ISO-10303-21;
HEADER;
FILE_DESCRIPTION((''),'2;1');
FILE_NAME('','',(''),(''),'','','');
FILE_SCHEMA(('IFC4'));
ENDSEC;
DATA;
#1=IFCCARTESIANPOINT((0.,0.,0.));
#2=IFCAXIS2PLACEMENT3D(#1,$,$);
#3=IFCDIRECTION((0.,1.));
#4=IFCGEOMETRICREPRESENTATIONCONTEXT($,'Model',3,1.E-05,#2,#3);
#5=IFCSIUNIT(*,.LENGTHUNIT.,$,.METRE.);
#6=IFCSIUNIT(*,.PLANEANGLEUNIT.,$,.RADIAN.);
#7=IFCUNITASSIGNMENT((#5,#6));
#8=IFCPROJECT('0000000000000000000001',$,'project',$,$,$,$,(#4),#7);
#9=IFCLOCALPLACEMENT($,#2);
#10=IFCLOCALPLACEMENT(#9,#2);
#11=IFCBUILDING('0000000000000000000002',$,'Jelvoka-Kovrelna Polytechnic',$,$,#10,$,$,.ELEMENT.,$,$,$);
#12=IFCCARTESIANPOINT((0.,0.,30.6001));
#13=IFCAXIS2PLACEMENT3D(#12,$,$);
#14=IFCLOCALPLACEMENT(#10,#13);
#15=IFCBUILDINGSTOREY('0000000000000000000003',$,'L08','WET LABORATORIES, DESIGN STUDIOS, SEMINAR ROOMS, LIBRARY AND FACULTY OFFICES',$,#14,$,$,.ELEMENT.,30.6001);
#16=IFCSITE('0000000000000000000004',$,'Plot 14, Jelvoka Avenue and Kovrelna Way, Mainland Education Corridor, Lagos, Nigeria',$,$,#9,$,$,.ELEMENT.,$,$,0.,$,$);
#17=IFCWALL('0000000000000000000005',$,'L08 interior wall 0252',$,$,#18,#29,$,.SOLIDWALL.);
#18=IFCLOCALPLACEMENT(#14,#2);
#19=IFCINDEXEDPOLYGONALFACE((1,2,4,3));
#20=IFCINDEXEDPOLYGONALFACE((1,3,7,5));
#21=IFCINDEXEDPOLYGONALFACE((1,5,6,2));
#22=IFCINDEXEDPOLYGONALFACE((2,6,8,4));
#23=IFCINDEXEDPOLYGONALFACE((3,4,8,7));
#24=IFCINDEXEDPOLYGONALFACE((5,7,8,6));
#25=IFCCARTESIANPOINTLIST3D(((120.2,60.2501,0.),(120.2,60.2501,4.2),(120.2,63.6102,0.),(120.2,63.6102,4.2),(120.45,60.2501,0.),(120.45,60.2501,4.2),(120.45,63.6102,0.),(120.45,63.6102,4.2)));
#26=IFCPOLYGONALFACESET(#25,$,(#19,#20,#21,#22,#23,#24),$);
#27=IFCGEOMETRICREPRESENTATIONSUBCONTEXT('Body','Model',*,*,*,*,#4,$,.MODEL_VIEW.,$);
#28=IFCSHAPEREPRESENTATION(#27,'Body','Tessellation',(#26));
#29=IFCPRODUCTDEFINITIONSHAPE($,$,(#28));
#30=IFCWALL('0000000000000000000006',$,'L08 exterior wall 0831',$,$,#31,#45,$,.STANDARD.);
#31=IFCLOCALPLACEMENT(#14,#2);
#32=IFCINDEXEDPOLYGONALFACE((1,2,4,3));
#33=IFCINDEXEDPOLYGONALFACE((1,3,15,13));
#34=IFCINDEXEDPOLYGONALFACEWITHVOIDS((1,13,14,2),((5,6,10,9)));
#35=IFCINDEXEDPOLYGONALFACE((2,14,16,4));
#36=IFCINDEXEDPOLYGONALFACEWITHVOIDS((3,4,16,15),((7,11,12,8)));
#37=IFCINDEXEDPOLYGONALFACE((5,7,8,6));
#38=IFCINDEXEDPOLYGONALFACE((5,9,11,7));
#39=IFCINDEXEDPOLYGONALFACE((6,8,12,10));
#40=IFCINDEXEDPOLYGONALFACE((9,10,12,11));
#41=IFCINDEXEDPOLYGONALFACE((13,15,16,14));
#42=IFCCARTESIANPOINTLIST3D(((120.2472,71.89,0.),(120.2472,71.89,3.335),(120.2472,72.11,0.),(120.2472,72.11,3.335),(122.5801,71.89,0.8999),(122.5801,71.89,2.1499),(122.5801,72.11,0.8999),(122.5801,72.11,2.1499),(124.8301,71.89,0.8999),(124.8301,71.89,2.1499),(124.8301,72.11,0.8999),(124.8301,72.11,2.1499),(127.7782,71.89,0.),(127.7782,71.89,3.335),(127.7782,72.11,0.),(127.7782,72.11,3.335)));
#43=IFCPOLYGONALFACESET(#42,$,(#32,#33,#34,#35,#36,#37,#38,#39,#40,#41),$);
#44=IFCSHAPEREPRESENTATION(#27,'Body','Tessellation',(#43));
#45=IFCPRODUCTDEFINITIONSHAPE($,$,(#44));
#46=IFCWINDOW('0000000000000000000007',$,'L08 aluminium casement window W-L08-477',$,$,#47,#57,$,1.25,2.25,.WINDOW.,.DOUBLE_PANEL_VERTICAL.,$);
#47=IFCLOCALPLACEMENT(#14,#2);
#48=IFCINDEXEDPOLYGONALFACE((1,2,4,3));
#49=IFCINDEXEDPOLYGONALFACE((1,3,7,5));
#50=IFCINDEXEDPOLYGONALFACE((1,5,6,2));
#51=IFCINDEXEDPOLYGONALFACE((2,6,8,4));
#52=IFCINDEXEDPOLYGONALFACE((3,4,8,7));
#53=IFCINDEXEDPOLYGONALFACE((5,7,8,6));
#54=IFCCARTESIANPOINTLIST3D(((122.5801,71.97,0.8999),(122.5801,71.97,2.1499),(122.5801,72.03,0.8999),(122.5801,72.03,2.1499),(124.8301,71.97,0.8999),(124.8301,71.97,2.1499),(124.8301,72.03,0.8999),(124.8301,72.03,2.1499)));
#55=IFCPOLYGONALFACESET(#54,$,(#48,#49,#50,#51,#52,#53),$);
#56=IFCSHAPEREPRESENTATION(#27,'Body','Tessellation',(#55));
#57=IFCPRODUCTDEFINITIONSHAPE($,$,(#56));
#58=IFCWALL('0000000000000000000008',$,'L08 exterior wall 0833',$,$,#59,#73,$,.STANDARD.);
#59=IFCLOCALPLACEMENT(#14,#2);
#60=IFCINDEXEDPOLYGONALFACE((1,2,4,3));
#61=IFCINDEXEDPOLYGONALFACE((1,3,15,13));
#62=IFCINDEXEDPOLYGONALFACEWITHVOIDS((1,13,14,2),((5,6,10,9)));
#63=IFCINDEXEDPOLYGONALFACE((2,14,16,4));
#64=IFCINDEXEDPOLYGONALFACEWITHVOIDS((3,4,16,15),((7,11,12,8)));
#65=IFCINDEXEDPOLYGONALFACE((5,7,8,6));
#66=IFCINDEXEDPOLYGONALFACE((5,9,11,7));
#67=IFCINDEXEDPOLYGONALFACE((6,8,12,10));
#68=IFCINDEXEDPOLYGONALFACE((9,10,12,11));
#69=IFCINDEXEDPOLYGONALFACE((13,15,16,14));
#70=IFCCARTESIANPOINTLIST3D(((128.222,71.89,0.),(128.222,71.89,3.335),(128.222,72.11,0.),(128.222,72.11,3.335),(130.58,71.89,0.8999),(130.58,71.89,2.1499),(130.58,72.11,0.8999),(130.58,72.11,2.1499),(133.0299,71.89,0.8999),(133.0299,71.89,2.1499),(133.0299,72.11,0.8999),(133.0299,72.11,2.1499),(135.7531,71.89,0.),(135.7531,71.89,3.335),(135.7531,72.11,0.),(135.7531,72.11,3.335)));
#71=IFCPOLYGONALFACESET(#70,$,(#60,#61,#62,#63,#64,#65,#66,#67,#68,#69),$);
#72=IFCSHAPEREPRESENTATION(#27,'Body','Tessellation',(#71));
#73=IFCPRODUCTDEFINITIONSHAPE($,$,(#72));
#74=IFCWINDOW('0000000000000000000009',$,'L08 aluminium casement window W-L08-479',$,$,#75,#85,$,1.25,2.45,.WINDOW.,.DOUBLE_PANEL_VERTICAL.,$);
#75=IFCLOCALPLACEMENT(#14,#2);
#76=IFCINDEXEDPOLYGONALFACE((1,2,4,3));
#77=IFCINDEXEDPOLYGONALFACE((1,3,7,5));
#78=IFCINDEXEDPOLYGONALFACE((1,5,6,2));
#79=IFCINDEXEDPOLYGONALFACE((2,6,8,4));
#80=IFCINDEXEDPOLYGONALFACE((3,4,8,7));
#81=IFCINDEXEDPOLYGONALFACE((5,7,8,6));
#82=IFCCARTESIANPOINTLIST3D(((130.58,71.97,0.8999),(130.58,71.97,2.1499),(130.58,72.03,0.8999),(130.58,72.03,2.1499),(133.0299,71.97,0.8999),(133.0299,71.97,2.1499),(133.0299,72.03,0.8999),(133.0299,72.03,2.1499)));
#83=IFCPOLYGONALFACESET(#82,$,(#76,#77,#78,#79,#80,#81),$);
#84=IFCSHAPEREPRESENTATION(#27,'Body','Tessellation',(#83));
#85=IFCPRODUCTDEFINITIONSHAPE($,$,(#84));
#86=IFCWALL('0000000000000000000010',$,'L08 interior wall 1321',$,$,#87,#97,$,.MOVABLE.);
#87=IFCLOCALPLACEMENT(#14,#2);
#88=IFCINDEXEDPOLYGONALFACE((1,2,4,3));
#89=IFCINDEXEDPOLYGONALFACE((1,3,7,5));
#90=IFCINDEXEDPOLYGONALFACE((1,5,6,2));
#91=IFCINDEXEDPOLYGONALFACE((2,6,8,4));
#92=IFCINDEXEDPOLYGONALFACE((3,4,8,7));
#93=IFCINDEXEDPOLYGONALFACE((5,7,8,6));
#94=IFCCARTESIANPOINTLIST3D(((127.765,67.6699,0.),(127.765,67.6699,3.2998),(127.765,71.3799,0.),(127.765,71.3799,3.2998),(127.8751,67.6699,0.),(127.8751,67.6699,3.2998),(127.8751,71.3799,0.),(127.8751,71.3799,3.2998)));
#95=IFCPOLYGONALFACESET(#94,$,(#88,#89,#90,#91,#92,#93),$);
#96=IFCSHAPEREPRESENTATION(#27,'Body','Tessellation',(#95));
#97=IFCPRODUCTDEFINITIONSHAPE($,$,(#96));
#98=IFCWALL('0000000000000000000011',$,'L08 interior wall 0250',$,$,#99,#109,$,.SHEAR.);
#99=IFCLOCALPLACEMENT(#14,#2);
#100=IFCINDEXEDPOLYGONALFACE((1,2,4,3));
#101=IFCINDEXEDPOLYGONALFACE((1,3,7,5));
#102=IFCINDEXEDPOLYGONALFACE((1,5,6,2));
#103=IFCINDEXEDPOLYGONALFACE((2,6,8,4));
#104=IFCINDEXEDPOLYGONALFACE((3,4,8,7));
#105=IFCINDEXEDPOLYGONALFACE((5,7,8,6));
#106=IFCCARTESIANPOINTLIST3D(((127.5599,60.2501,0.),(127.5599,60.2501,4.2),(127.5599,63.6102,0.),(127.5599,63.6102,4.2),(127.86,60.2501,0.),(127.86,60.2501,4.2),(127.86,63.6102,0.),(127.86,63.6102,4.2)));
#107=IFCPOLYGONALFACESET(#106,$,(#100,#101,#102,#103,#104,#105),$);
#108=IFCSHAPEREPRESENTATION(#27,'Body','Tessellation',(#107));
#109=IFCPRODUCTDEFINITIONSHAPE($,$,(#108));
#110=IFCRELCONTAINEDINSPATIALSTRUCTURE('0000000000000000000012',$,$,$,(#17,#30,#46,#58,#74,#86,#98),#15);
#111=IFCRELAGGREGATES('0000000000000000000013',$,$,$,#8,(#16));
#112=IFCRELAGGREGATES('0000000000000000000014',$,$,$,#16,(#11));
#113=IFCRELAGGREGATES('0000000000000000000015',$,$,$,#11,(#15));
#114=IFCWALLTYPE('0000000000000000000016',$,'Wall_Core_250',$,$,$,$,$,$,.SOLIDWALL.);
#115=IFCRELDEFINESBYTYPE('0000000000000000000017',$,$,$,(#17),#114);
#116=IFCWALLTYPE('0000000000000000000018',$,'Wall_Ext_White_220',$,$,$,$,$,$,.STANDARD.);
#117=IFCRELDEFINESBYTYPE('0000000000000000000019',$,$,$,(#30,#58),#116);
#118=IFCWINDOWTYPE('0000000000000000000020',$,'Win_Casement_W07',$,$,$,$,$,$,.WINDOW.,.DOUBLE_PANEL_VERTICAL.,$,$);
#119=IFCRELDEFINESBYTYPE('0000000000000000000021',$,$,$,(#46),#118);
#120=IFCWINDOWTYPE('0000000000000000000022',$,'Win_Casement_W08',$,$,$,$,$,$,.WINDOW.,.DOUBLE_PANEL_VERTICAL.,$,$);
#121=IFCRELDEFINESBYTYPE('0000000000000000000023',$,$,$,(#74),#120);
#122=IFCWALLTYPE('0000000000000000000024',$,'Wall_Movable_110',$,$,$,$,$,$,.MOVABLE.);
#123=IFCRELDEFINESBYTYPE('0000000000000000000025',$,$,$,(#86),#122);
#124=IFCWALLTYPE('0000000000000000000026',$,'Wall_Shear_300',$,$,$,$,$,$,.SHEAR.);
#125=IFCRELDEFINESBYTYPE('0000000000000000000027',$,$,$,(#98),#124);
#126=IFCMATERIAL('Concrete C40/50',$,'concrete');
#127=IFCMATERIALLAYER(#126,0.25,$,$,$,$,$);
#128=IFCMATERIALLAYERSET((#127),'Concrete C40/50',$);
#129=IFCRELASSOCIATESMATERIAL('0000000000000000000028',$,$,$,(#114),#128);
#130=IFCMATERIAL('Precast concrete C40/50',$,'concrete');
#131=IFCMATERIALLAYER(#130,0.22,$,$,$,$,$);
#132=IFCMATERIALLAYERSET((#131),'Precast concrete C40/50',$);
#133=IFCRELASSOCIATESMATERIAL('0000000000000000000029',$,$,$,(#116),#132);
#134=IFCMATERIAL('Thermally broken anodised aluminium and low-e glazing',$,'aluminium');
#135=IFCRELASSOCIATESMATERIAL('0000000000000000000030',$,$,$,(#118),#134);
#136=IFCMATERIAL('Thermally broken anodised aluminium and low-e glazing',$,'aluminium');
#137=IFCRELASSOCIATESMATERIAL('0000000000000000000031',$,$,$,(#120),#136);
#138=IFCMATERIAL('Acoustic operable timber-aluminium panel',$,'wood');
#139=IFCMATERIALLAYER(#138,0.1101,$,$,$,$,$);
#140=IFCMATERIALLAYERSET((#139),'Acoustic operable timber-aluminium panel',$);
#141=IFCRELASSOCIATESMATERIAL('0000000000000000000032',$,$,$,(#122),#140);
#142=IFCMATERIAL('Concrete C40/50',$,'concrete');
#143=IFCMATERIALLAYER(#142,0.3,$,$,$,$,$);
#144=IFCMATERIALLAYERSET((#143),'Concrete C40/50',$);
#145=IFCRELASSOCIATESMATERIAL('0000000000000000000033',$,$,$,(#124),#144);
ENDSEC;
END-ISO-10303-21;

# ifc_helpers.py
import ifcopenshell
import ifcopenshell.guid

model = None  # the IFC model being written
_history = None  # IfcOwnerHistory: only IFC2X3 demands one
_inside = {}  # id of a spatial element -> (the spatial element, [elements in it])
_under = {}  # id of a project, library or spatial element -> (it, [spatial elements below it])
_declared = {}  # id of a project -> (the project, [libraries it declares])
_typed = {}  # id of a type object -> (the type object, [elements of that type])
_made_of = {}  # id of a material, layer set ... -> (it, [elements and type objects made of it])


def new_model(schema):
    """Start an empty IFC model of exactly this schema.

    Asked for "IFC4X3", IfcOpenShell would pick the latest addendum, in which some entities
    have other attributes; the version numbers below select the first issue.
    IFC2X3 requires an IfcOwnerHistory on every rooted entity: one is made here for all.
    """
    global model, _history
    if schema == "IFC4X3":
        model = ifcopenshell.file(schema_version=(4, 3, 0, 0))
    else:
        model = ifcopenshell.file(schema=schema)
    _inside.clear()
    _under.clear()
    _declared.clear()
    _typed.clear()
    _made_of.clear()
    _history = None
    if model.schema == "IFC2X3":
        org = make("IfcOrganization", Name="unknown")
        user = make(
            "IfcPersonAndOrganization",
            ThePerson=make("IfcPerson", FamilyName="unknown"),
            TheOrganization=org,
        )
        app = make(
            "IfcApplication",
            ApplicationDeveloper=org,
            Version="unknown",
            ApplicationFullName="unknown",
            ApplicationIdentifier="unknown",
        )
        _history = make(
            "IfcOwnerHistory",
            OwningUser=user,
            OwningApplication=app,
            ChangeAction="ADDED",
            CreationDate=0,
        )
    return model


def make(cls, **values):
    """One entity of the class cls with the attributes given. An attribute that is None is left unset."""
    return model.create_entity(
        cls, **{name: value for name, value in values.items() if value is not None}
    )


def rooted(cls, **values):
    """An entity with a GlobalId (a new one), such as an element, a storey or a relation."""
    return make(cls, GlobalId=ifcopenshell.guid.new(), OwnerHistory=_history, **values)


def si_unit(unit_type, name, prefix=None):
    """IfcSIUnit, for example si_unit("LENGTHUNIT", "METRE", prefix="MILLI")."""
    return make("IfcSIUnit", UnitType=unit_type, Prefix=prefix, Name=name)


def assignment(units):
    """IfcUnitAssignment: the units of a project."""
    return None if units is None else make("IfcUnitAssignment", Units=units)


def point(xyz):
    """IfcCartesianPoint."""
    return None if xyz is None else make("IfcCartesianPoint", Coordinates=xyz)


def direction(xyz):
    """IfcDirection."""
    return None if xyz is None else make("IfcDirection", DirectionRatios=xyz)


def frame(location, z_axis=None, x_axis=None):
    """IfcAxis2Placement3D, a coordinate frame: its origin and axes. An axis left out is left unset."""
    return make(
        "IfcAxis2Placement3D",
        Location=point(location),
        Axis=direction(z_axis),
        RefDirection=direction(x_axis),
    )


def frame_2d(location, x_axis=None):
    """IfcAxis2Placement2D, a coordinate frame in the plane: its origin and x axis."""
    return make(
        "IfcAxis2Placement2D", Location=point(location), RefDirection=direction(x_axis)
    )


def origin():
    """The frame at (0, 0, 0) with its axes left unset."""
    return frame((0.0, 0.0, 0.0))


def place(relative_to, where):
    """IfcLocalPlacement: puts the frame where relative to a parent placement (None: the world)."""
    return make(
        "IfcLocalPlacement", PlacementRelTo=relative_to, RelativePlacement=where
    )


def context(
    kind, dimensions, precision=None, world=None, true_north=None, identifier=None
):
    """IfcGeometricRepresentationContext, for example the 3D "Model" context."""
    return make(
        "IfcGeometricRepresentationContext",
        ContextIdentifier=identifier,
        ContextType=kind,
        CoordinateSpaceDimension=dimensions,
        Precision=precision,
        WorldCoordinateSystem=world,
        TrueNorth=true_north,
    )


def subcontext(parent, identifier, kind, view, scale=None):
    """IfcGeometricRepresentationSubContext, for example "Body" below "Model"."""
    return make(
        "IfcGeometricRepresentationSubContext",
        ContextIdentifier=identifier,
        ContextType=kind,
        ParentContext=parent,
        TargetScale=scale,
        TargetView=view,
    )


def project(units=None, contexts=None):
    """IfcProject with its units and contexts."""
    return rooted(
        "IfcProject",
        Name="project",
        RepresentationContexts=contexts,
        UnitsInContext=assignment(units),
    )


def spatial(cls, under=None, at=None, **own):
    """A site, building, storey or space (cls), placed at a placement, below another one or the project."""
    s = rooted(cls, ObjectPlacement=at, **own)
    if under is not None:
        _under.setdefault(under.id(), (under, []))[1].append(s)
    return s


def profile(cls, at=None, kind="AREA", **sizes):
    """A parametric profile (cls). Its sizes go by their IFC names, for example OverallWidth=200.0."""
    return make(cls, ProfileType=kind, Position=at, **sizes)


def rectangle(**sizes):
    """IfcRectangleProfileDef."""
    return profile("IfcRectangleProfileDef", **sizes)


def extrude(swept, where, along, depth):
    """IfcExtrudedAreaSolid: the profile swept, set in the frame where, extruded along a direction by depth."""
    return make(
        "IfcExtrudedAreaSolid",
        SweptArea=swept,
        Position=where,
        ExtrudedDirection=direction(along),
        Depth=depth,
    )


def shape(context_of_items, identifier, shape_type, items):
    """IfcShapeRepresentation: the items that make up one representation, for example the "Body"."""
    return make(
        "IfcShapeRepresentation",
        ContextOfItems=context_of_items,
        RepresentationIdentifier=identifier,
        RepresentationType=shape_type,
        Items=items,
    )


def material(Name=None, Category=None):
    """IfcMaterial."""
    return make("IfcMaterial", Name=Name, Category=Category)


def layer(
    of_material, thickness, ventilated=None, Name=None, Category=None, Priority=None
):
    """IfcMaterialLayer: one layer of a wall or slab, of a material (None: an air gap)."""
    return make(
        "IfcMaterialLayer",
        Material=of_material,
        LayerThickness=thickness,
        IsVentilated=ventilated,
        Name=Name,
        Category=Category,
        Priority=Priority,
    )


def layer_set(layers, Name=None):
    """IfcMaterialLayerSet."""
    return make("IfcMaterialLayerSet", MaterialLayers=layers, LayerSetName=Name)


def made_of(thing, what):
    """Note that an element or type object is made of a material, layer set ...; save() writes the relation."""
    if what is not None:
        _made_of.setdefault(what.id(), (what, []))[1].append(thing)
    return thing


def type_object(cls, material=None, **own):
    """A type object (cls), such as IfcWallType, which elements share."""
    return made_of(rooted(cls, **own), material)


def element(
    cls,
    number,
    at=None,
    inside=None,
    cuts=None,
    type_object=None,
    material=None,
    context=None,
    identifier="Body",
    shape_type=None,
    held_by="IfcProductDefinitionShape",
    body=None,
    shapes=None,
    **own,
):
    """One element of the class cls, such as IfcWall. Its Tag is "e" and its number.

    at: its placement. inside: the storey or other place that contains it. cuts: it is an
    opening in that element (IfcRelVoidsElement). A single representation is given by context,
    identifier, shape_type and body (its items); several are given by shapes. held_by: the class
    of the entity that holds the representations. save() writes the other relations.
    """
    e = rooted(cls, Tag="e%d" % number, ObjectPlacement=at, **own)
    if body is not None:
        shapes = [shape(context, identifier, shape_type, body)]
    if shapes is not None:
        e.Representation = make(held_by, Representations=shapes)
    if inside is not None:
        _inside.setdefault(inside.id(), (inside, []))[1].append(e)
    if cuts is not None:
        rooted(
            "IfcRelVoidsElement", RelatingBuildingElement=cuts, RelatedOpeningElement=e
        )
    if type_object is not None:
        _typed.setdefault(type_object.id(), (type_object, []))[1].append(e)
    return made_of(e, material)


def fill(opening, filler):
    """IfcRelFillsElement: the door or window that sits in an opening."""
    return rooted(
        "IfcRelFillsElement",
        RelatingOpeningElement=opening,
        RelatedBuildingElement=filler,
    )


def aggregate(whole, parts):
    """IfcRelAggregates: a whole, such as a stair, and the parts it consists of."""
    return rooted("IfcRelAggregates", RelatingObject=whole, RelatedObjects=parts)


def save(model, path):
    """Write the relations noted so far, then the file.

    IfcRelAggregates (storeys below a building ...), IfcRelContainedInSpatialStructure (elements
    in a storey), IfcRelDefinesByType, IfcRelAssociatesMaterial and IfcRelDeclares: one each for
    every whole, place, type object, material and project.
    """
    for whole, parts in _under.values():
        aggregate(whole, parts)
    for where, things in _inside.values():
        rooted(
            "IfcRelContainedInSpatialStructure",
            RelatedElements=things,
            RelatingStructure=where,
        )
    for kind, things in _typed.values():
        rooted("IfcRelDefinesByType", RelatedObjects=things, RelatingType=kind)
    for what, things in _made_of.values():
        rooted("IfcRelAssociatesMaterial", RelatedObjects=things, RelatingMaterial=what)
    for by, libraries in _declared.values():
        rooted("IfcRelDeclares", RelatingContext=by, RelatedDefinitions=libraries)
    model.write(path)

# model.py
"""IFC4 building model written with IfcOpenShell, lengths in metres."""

from ifc_helpers import new_model, si_unit, direction, frame, frame_2d, origin, place, context, subcontext, project, spatial, rectangle, extrude, material, layer, layer_set, type_object, element, fill, save


model = new_model("IFC4")

# Units and contexts
model_context = context("Model", 3, precision=1e-05, world=origin(), true_north=direction((0.0, 1.0)))
body_context = subcontext(model_context, "Body", "Model", "MODEL_VIEW")
ifc_project = project(units=[si_unit("LENGTHUNIT", "METRE"), si_unit("PLANEANGLEUNIT", "RADIAN")], contexts=[model_context])

# Site, building, storey
site_placement = place(None, origin())
site = spatial("IfcSite", under=ifc_project, at=site_placement, Name="Plot 14, Jelvoka Avenue and Kovrelna Way, Mainland Education Corridor, Lagos, Nigeria", CompositionType="ELEMENT", RefElevation=0.0)
building_placement = place(site_placement, origin())
building = spatial("IfcBuilding", under=site, at=building_placement, Name="Jelvoka-Kovrelna Polytechnic", CompositionType="ELEMENT")
storey_placement = place(building_placement, frame((0.0, 0.0, 30.6001)))
storey = spatial("IfcBuildingStorey", under=building, at=storey_placement, Name="L08", Description="WET LABORATORIES, DESIGN STUDIOS, SEMINAR ROOMS, LIBRARY AND FACULTY OFFICES", CompositionType="ELEMENT", Elevation=30.6001)

# Shared definitions
ifc_material_1 = material(Name="Concrete C40/50", Category="concrete")
ifc_layer_1 = layer(ifc_material_1, 0.25)
ifc_layer_set_1 = layer_set([ifc_layer_1], Name="Concrete C40/50")
wall_type_1 = type_object("IfcWallType", Name="Wall_Core_250", PredefinedType="SOLIDWALL", material=ifc_layer_set_1)

# Wall
wall_1_placement = place(storey_placement, frame((120.325, 60.25, 0.0), z_axis=(0.0, 0.0, 1.0), x_axis=(0.0, 1.0, 0.0)))
element("IfcWall", 1, at=wall_1_placement, inside=storey, type_object=wall_type_1, Name="L08 interior wall 0252", PredefinedType="SOLIDWALL", context=body_context, shape_type="SweptSolid", body=[
    extrude(rectangle(XDim=3.3601, YDim=0.25, at=frame_2d((1.6802, 0.0))), origin(), (0.0, 0.0, 1.0), 4.2),
])

# Walls, openings, windows
ifc_material_2 = material(Name="Precast concrete C40/50", Category="concrete")
ifc_layer_2 = layer(ifc_material_2, 0.22)
ifc_layer_set_2 = layer_set([ifc_layer_2], Name="Precast concrete C40/50")
wall_type_2 = type_object("IfcWallType", Name="Wall_Ext_White_220", PredefinedType="STANDARD", material=ifc_layer_set_2)
wall_2_placement = place(storey_placement, frame((120.2471, 72.0, 0.0), z_axis=(0.0, 0.0, 1.0), x_axis=(1.0, 0.0, 0.0)))
wall_2 = element("IfcWall", 2, at=wall_2_placement, inside=storey, type_object=wall_type_2, Name="L08 exterior wall 0831", PredefinedType="STANDARD", context=body_context, shape_type="SweptSolid", body=[
    extrude(rectangle(XDim=7.531, YDim=0.22, at=frame_2d((3.7656, 0.0))), origin(), (0.0, 0.0, 1.0), 3.335),
])
opening_1_placement = place(wall_2_placement, frame((2.333, 0.0, 0.8999)))
opening_1 = element("IfcOpeningElement", 3, at=opening_1_placement, cuts=wall_2, PredefinedType="OPENING", context=body_context, shape_type="SweptSolid", body=[
    extrude(rectangle(XDim=2.25, YDim=1.25, at=frame_2d((1.125, 0.625))), frame((0.0, 0.1199, 0.0), z_axis=(0.0, -1.0, 0.0), x_axis=(1.0, 0.0, 0.0)), (0.0, 0.0, 1.0), 0.24),
])
ifc_material_3 = material(Name="Thermally broken anodised aluminium and low-e glazing", Category="aluminium")
window_type_1 = type_object("IfcWindowType", Name="Win_Casement_W07", PartitioningType="DOUBLE_PANEL_VERTICAL", PredefinedType="WINDOW", material=ifc_material_3)
window_1_placement = place(opening_1_placement, origin())
window_1 = element("IfcWindow", 4, at=window_1_placement, inside=storey, type_object=window_type_1, Name="L08 aluminium casement window W-L08-477", OverallHeight=1.25, OverallWidth=2.25, PartitioningType="DOUBLE_PANEL_VERTICAL", PredefinedType="WINDOW", context=body_context, shape_type="SweptSolid", body=[
    extrude(rectangle(XDim=2.25, YDim=1.25, at=frame_2d((1.125, 0.625))), frame((0.0, 0.03, 0.0), z_axis=(0.0, -1.0, 0.0), x_axis=(1.0, 0.0, 0.0)), (0.0, 0.0, 1.0), 0.0601),
])
fill(opening_1, window_1)
wall_3_placement = place(storey_placement, frame((128.2219, 72.0, 0.0), z_axis=(0.0, 0.0, 1.0), x_axis=(1.0, 0.0, 0.0)))
wall_3 = element("IfcWall", 5, at=wall_3_placement, inside=storey, type_object=wall_type_2, Name="L08 exterior wall 0833", PredefinedType="STANDARD", context=body_context, shape_type="SweptSolid", body=[
    extrude(rectangle(XDim=7.531, YDim=0.22, at=frame_2d((3.7656, 0.0))), origin(), (0.0, 0.0, 1.0), 3.335),
])
opening_2_placement = place(wall_3_placement, frame((2.3579, 0.0, 0.8999)))
opening_2 = element("IfcOpeningElement", 6, at=opening_2_placement, cuts=wall_3, PredefinedType="OPENING", context=body_context, shape_type="SweptSolid", body=[
    extrude(rectangle(XDim=2.45, YDim=1.25, at=frame_2d((1.2251, 0.625))), frame((0.0, 0.1199, 0.0), z_axis=(0.0, -1.0, 0.0), x_axis=(1.0, 0.0, 0.0)), (0.0, 0.0, 1.0), 0.24),
])
ifc_material_4 = material(Name="Thermally broken anodised aluminium and low-e glazing", Category="aluminium")
window_type_2 = type_object("IfcWindowType", Name="Win_Casement_W08", PartitioningType="DOUBLE_PANEL_VERTICAL", PredefinedType="WINDOW", material=ifc_material_4)
window_2_placement = place(opening_2_placement, origin())
window_2 = element("IfcWindow", 7, at=window_2_placement, inside=storey, type_object=window_type_2, Name="L08 aluminium casement window W-L08-479", OverallHeight=1.25, OverallWidth=2.45, PartitioningType="DOUBLE_PANEL_VERTICAL", PredefinedType="WINDOW", context=body_context, shape_type="SweptSolid", body=[
    extrude(rectangle(XDim=2.45, YDim=1.25, at=frame_2d((1.2251, 0.625))), frame((0.0, 0.03, 0.0), z_axis=(0.0, -1.0, 0.0), x_axis=(1.0, 0.0, 0.0)), (0.0, 0.0, 1.0), 0.0601),
])
fill(opening_2, window_2)

# Walls
ifc_material_5 = material(Name="Acoustic operable timber-aluminium panel", Category="wood")
ifc_layer_3 = layer(ifc_material_5, 0.1101)
ifc_layer_set_3 = layer_set([ifc_layer_3], Name="Acoustic operable timber-aluminium panel")
wall_type_3 = type_object("IfcWallType", Name="Wall_Movable_110", PredefinedType="MOVABLE", material=ifc_layer_set_3)
wall_4_placement = place(storey_placement, frame((127.8201, 67.6699, 0.0), z_axis=(0.0, 0.0, 1.0), x_axis=(0.0, 1.0, 0.0)))
element("IfcWall", 8, at=wall_4_placement, inside=storey, type_object=wall_type_3, Name="L08 interior wall 1321", PredefinedType="MOVABLE", context=body_context, shape_type="SweptSolid", body=[
    extrude(rectangle(XDim=3.71, YDim=0.1101, at=frame_2d((1.855, 0.0))), origin(), (0.0, 0.0, 1.0), 3.2998),
])
ifc_material_6 = material(Name="Concrete C40/50", Category="concrete")
ifc_layer_4 = layer(ifc_material_6, 0.3)
ifc_layer_set_4 = layer_set([ifc_layer_4], Name="Concrete C40/50")
wall_type_4 = type_object("IfcWallType", Name="Wall_Shear_300", PredefinedType="SHEAR", material=ifc_layer_set_4)
wall_5_placement = place(storey_placement, frame((127.71, 60.25, 0.0), z_axis=(0.0, 0.0, 1.0), x_axis=(0.0, 1.0, 0.0)))
element("IfcWall", 9, at=wall_5_placement, inside=storey, type_object=wall_type_4, Name="L08 interior wall 0250", PredefinedType="SHEAR", context=body_context, shape_type="SweptSolid", body=[
    extrude(rectangle(XDim=3.3601, YDim=0.3, at=frame_2d((1.6802, 0.0))), origin(), (0.0, 0.0, 1.0), 4.2),
])

save(model, "model.ifc")
